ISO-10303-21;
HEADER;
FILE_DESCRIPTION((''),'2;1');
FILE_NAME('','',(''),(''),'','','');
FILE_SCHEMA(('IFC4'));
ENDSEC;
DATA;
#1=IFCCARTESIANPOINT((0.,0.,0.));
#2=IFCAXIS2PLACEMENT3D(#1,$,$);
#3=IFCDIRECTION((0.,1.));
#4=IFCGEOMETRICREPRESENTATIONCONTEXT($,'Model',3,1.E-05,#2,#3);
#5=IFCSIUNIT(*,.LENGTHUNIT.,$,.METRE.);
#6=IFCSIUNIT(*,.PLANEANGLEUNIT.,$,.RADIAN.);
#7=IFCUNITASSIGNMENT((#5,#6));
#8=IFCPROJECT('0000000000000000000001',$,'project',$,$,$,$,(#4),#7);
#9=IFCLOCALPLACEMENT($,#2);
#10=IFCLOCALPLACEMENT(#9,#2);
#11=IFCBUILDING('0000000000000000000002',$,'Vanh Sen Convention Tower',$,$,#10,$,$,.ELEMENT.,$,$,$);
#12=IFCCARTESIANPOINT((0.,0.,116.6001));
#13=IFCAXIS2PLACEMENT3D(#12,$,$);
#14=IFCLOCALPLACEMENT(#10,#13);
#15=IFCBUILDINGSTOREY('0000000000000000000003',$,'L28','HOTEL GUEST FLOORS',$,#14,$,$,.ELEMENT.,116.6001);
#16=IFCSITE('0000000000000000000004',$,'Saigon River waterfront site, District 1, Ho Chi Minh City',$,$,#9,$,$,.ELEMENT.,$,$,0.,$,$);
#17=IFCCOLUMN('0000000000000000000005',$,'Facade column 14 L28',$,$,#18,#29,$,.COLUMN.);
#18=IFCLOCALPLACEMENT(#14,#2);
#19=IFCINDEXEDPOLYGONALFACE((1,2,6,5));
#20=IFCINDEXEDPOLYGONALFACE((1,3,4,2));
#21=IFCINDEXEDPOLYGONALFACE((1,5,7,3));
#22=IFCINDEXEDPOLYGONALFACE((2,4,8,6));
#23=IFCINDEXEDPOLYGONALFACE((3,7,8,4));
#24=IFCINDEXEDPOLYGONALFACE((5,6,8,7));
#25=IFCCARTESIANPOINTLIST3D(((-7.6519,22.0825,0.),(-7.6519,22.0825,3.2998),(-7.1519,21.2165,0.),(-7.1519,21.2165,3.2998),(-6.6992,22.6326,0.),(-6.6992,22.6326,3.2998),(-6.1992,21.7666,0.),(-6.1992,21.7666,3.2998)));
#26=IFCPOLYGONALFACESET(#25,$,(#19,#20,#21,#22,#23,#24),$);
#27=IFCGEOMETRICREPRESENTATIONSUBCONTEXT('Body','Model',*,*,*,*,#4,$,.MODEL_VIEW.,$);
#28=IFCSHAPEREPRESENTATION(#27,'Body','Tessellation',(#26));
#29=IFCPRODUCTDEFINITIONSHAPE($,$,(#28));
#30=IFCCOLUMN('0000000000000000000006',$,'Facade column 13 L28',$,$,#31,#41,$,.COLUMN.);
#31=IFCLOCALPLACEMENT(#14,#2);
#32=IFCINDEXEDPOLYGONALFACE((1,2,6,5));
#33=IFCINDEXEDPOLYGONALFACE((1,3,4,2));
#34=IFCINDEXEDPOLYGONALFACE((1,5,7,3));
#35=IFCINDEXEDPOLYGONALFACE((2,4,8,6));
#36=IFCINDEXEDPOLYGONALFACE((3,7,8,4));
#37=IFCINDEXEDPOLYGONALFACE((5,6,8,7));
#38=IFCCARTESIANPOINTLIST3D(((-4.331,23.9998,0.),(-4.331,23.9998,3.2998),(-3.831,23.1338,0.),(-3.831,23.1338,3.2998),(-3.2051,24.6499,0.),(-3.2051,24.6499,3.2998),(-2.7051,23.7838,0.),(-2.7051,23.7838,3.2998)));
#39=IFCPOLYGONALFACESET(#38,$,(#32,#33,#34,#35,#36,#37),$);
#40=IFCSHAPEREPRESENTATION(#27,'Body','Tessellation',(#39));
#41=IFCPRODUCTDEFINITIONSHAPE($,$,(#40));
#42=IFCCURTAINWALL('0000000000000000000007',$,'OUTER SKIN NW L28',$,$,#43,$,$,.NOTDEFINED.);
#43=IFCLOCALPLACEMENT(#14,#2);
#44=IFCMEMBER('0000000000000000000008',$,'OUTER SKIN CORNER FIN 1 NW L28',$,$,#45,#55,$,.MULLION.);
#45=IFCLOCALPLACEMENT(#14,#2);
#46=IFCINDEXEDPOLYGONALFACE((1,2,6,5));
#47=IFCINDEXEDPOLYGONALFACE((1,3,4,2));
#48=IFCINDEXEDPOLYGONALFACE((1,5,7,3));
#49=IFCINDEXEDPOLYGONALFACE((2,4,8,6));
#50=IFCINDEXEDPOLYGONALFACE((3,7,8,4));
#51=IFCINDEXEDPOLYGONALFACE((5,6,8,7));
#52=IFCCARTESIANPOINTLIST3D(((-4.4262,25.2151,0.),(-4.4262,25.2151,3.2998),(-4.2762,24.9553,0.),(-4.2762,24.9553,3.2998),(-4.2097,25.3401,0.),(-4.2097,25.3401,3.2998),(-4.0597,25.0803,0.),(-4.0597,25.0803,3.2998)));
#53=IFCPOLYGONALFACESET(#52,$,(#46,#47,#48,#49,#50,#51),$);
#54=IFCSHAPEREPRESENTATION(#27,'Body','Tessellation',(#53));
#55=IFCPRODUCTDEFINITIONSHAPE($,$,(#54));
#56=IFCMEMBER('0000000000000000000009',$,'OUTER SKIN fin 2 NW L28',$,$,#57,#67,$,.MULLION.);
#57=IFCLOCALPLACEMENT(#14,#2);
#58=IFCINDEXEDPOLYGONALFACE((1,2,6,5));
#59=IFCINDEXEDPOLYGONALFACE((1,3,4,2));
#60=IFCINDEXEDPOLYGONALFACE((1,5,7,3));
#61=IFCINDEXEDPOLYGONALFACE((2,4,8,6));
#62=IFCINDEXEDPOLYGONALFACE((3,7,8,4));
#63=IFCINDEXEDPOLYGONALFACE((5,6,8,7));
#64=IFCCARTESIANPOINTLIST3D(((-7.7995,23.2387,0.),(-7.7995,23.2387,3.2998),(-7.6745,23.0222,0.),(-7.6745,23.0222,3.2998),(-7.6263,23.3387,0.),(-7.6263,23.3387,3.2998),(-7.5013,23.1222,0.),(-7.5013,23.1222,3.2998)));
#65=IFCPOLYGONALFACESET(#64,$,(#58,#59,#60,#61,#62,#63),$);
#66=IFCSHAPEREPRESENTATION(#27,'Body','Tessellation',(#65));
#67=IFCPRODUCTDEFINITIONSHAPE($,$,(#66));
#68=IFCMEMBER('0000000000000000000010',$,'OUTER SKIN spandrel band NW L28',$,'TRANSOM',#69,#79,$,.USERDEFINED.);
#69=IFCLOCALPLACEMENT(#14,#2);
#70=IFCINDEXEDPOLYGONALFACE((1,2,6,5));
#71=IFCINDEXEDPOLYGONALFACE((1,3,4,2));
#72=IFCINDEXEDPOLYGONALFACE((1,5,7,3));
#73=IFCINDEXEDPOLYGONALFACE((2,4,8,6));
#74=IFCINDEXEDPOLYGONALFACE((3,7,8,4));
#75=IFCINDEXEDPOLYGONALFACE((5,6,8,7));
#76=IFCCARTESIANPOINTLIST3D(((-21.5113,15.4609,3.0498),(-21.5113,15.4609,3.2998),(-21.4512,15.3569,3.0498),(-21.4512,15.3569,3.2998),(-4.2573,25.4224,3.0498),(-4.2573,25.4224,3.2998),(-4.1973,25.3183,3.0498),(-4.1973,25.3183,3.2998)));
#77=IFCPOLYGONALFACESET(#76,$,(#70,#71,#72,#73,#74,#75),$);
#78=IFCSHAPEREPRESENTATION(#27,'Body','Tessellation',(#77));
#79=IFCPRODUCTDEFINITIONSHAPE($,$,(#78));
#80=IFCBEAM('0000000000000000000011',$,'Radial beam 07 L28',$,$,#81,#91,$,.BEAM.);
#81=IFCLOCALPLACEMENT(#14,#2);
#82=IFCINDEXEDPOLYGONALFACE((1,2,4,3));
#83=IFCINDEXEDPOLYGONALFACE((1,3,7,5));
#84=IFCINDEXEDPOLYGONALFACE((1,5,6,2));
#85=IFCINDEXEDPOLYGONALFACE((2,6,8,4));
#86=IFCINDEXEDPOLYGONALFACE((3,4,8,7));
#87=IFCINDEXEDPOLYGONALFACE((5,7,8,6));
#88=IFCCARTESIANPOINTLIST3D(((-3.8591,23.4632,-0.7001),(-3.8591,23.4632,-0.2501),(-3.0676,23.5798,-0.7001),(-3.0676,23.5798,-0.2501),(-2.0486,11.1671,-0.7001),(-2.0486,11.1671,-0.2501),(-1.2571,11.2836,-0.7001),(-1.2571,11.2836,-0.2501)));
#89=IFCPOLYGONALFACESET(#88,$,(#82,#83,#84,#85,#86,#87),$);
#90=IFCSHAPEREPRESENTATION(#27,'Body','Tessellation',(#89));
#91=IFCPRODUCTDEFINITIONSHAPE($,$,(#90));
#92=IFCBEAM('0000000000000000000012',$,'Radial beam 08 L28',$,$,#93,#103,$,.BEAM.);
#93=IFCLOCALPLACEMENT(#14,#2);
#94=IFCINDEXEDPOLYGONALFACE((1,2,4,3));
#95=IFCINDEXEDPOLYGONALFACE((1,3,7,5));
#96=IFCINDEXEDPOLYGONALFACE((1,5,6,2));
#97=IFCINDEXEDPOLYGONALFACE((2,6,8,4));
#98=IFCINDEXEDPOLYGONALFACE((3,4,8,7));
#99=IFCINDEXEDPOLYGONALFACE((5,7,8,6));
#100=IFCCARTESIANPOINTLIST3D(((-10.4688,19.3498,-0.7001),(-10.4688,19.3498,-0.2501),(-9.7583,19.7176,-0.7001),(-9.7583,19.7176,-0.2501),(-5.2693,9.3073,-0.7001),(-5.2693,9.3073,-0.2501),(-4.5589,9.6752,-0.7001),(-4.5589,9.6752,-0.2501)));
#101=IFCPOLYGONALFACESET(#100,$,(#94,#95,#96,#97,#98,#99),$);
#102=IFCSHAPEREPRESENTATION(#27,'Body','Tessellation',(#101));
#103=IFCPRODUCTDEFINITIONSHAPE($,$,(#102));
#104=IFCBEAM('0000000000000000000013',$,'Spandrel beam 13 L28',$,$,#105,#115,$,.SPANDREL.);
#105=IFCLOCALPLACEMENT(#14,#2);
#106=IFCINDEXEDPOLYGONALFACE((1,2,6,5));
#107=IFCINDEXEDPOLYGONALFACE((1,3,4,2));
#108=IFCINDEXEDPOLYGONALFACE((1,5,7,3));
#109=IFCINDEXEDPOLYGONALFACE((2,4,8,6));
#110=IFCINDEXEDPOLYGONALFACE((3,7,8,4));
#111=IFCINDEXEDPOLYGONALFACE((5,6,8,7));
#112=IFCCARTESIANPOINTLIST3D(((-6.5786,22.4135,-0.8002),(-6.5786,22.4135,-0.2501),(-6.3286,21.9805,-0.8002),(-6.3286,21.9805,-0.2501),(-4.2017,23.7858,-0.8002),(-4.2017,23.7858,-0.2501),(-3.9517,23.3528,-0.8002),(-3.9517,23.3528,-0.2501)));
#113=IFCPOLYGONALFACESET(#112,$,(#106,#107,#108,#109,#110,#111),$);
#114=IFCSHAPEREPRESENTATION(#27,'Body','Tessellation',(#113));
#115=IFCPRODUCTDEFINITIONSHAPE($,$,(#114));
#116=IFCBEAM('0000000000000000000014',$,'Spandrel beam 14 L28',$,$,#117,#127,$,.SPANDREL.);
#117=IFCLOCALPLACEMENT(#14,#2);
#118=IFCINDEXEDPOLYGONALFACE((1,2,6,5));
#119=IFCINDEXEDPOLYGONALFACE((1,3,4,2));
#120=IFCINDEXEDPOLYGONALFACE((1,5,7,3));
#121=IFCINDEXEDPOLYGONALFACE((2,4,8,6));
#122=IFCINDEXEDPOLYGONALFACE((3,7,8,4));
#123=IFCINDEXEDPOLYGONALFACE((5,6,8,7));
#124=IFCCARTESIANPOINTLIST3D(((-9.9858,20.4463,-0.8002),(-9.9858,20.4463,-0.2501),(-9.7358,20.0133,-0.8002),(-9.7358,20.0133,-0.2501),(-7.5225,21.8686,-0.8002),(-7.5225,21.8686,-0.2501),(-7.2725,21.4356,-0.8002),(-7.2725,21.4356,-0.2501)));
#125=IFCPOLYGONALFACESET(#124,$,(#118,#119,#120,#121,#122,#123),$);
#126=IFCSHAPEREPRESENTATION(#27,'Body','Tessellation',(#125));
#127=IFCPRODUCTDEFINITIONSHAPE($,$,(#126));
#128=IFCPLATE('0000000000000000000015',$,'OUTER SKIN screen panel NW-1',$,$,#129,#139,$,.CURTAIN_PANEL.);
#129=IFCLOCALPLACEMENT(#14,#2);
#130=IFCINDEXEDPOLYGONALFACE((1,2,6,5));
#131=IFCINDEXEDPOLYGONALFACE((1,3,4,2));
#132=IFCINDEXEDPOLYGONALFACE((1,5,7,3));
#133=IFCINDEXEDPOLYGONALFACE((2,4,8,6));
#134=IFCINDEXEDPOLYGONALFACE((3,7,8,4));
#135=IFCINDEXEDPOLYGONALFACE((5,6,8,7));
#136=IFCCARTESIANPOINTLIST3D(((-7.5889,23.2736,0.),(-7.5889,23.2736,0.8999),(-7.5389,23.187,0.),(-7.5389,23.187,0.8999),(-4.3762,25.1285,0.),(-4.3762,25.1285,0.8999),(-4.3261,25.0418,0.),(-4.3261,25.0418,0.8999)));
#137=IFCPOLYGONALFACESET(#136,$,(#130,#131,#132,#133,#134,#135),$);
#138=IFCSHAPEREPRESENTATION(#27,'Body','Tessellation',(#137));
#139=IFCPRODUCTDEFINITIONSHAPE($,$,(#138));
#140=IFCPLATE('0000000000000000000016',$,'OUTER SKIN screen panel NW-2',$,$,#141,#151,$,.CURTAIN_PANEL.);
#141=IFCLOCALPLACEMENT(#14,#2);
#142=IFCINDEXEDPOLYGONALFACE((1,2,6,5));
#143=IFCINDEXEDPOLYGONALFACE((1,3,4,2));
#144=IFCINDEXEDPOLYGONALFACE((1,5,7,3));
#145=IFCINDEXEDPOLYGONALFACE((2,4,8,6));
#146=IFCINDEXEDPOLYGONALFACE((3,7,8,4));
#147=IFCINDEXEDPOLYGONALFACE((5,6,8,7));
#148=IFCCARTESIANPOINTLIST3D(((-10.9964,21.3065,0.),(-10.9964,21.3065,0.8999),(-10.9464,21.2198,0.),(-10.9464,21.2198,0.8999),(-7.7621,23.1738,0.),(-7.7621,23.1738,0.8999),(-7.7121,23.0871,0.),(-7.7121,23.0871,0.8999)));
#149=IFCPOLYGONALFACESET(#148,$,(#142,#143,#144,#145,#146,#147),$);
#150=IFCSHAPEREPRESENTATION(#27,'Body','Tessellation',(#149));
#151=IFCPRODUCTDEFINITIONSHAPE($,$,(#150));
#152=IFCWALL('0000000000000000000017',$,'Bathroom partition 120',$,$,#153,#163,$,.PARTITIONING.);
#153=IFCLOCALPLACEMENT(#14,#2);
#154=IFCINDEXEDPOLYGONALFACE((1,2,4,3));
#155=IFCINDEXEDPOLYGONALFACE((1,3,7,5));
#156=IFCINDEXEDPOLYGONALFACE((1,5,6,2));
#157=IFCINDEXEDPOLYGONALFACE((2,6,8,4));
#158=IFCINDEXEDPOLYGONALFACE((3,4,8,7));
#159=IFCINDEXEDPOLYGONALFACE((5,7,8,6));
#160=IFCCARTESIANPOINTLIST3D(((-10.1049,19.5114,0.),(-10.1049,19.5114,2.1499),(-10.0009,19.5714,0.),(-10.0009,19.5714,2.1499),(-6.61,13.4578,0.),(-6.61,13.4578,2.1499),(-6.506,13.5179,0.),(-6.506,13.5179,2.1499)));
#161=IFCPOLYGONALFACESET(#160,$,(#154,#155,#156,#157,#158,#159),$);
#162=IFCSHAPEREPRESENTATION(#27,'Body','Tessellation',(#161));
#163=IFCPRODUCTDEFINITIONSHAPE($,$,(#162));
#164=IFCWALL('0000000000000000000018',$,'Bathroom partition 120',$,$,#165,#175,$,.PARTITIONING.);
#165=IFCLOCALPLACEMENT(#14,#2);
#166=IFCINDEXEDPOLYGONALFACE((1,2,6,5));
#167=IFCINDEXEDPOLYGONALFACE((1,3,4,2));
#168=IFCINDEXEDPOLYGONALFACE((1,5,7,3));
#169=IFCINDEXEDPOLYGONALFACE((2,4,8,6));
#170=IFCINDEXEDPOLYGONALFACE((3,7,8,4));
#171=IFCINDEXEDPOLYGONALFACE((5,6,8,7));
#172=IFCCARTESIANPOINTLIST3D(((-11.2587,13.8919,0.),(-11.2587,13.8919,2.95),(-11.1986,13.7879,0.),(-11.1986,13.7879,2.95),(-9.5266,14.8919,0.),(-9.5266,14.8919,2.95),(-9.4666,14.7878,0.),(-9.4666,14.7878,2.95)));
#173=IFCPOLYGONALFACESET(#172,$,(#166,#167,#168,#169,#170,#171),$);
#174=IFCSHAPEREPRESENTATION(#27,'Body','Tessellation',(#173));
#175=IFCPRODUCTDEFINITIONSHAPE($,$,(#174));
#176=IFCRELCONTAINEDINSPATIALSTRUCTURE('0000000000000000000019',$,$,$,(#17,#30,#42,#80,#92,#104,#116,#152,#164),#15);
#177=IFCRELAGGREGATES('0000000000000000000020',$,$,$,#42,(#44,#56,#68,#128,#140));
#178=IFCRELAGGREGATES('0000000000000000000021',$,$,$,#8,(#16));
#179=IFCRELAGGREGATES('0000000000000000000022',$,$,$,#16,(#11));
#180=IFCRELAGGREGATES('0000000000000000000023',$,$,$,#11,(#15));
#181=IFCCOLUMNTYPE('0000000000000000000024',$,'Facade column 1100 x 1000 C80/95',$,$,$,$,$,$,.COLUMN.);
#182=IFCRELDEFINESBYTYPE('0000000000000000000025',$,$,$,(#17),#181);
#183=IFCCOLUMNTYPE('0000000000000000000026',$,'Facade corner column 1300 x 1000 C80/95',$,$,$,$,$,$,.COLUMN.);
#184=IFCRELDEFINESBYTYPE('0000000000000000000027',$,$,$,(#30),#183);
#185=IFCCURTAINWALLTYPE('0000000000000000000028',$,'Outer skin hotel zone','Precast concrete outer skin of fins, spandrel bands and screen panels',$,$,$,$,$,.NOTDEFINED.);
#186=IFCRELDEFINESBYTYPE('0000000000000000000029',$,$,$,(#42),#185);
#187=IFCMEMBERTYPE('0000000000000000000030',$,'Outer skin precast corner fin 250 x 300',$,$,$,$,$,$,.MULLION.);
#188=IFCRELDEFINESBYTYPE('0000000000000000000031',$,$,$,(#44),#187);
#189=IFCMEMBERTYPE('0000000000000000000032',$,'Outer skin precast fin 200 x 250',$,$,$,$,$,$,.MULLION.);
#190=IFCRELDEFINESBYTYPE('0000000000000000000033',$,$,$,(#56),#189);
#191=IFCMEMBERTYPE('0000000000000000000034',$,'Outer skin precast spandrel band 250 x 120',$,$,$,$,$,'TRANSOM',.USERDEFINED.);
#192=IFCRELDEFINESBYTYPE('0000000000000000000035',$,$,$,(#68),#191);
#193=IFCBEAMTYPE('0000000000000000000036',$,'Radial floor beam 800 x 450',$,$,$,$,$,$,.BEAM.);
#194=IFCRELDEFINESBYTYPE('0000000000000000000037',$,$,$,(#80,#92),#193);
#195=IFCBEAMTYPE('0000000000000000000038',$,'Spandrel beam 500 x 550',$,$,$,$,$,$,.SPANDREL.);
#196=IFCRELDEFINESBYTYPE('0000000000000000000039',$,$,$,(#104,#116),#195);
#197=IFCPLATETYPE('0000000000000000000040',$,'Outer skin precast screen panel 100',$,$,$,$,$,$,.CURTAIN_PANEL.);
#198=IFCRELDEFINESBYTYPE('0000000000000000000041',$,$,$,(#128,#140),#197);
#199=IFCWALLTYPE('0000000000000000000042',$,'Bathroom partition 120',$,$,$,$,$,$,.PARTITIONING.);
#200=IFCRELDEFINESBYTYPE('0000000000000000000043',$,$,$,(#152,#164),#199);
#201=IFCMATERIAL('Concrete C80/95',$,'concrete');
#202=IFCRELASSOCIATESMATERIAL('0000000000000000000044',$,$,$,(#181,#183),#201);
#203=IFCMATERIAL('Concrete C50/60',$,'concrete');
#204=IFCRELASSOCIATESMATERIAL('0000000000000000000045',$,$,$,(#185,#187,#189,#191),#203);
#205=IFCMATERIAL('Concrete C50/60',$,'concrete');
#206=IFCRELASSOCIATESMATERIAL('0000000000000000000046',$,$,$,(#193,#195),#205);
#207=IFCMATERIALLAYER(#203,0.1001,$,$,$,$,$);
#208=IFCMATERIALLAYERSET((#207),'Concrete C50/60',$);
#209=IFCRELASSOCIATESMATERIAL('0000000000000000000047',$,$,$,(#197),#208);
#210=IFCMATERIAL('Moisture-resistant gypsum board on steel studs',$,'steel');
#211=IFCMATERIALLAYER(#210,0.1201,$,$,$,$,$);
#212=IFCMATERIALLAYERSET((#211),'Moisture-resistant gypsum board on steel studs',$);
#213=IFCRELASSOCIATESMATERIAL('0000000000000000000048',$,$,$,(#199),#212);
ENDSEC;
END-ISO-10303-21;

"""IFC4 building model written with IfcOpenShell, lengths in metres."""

from ifc_helpers import new_model, si_unit, direction, frame, frame_2d, origin, origin_2d, place, context, subcontext, project, spatial, rectangle, extrude, material, layer, layer_set, material_profile, profile_set, type_object, element, aggregate, save


model = new_model("IFC4")

# Units and contexts
model_context = context("Model", 3, precision=1e-05, world=origin(), true_north=direction((0.0, 1.0)))
body_context = subcontext(model_context, "Body", "Model", "MODEL_VIEW")
ifc_project = project(units=[si_unit("LENGTHUNIT", "METRE"), si_unit("PLANEANGLEUNIT", "RADIAN")], contexts=[model_context])

# Site, building, storey
site_placement = place(None, origin())
site = spatial("IfcSite", under=ifc_project, at=site_placement, Name="Saigon River waterfront site, District 1, Ho Chi Minh City", CompositionType="ELEMENT", RefElevation=0.0)
building_placement = place(site_placement, origin())
building = spatial("IfcBuilding", under=site, at=building_placement, Name="Vanh Sen Convention Tower", CompositionType="ELEMENT")
storey_placement = place(building_placement, frame((0.0, 0.0, 116.6001)))
storey = spatial("IfcBuildingStorey", under=building, at=storey_placement, Name="L28", Description="HOTEL GUEST FLOORS", CompositionType="ELEMENT", Elevation=116.6001)

# Columns
ifc_material_1 = material(Name="Concrete C80/95", Category="concrete")
ifc_material_profile_1 = material_profile(ifc_material_1, rectangle(XDim=1.1001, YDim=1.0, at=origin_2d()), Name="RC 1100X1000")
ifc_profile_set_1 = profile_set([ifc_material_profile_1], Name="Concrete C80/95")
column_type_1 = type_object("IfcColumnType", Name="Facade column 1100 x 1000 C80/95", PredefinedType="COLUMN", material=ifc_profile_set_1)
column_1_placement = place(storey_placement, frame((-6.9255, 21.9246, 0.0), z_axis=(0.0, 0.0, 1.0), x_axis=(-0.866025, -0.5, 0.0)))
element("IfcColumn", 1, at=column_1_placement, inside=storey, type_object=column_type_1, Name="Facade column 14 L28", PredefinedType="COLUMN", context=body_context, shape_type="SweptSolid", body=[
    extrude(rectangle(XDim=1.1001, YDim=1.0, at=origin_2d()), origin(), (0.0, 0.0, 1.0), 3.2998),
])
ifc_material_profile_2 = material_profile(ifc_material_1, rectangle(XDim=1.3, YDim=1.0, at=origin_2d()), Name="RC 1300X1000")
ifc_profile_set_2 = profile_set([ifc_material_profile_2], Name="Concrete C80/95")
column_type_2 = type_object("IfcColumnType", Name="Facade corner column 1300 x 1000 C80/95", PredefinedType="COLUMN", material=ifc_profile_set_2)
column_2_placement = place(storey_placement, frame((-3.5181, 23.8918, 0.0), z_axis=(0.0, 0.0, 1.0), x_axis=(-0.866025, -0.5, 0.0)))
element("IfcColumn", 2, at=column_2_placement, inside=storey, type_object=column_type_2, Name="Facade column 13 L28", PredefinedType="COLUMN", context=body_context, shape_type="SweptSolid", body=[
    extrude(rectangle(XDim=1.3, YDim=1.0, at=origin_2d()), origin(), (0.0, 0.0, 1.0), 3.2998),
])

# Curtain wall, members
ifc_material_2 = material(Name="Concrete C50/60", Category="concrete")
curtain_wall_type = type_object("IfcCurtainWallType", Name="Outer skin hotel zone", Description="Precast concrete outer skin of fins, spandrel bands and screen panels", PredefinedType="NOTDEFINED", material=ifc_material_2)
curtain_wall_placement = place(storey_placement, origin())
curtain_wall = element("IfcCurtainWall", 3, at=curtain_wall_placement, inside=storey, type_object=curtain_wall_type, Name="OUTER SKIN NW L28", PredefinedType="NOTDEFINED")
ifc_material_profile_3 = material_profile(ifc_material_2, rectangle(XDim=0.25, YDim=0.3, at=origin_2d()), Name="Outer skin precast corner fin 250 x 300")
ifc_profile_set_3 = profile_set([ifc_material_profile_3], Name="Concrete C50/60")
member_type_1 = type_object("IfcMemberType", Name="Outer skin precast corner fin 250 x 300", PredefinedType="MULLION", material=ifc_profile_set_3)
member_1_placement = place(storey_placement, frame((-4.2429, 25.1477, 0.0), z_axis=(0.0, 0.0, 1.0), x_axis=(-0.866025, -0.5, 0.0)))
member_1 = element("IfcMember", 4, at=member_1_placement, type_object=member_type_1, Name="OUTER SKIN CORNER FIN 1 NW L28", PredefinedType="MULLION", context=body_context, shape_type="SweptSolid", body=[
    extrude(rectangle(XDim=0.25, YDim=0.3, at=origin_2d()), origin(), (0.0, 0.0, 1.0), 3.2998),
])
ifc_material_profile_4 = material_profile(ifc_material_2, rectangle(XDim=0.2, YDim=0.25, at=origin_2d()), Name="Outer skin precast fin 200 x 250")
ifc_profile_set_4 = profile_set([ifc_material_profile_4], Name="Concrete C50/60")
member_type_2 = type_object("IfcMemberType", Name="Outer skin precast fin 200 x 250", PredefinedType="MULLION", material=ifc_profile_set_4)
member_2_placement = place(storey_placement, frame((-7.6504, 23.1804, 0.0), z_axis=(0.0, 0.0, 1.0), x_axis=(-0.866025, -0.5, 0.0)))
member_2 = element("IfcMember", 5, at=member_2_placement, type_object=member_type_2, Name="OUTER SKIN fin 2 NW L28", PredefinedType="MULLION", context=body_context, shape_type="SweptSolid", body=[
    extrude(rectangle(XDim=0.2, YDim=0.25, at=origin_2d()), origin(), (0.0, 0.0, 1.0), 3.2998),
])
ifc_material_profile_5 = material_profile(ifc_material_2, rectangle(XDim=0.1201, YDim=0.25, at=origin_2d()), Name="Outer skin precast spandrel band 250 x 120")
ifc_profile_set_5 = profile_set([ifc_material_profile_5], Name="Concrete C50/60")
member_type_3 = type_object("IfcMemberType", Name="Outer skin precast spandrel band 250 x 120", ElementType="TRANSOM", PredefinedType="USERDEFINED", material=ifc_profile_set_5)
member_3_placement = place(storey_placement, frame((-4.2273, 25.3704, 3.1748), z_axis=(-0.866028, -0.499995, 0.0), x_axis=(0.499995, -0.866028, 0.0)))
member_3 = element("IfcMember", 6, at=member_3_placement, type_object=member_type_3, Name="OUTER SKIN spandrel band NW L28", ObjectType="TRANSOM", PredefinedType="USERDEFINED", context=body_context, shape_type="SweptSolid", body=[
    extrude(rectangle(XDim=0.1201, YDim=0.25, at=origin_2d()), origin(), (0.0, 0.0, 1.0), 19.9231),
])

# Beams
ifc_material_3 = material(Name="Concrete C50/60", Category="concrete")
ifc_material_profile_6 = material_profile(ifc_material_3, rectangle(XDim=0.8, YDim=0.45, at=origin_2d()), Name="RC 800X450")
ifc_profile_set_6 = profile_set([ifc_material_profile_6], Name="Concrete C50/60")
beam_type_1 = type_object("IfcBeamType", Name="Radial floor beam 800 x 450", PredefinedType="BEAM", material=ifc_profile_set_6)
beam_1_placement = place(storey_placement, frame((-3.4634, 23.5215, -0.4751), z_axis=(0.145674, -0.989333, 0.0), x_axis=(0.989333, 0.145674, 0.0)))
element("IfcBeam", 7, at=beam_1_placement, inside=storey, type_object=beam_type_1, Name="Radial beam 07 L28", PredefinedType="BEAM", context=body_context, shape_type="SweptSolid", body=[
    extrude(rectangle(XDim=0.8, YDim=0.45, at=origin_2d()), origin(), (0.0, 0.0, 1.0), 12.4287),
])
beam_2_placement = place(storey_placement, frame((-10.1135, 19.5337, -0.4751), z_axis=(0.459777, -0.888034, 0.0), x_axis=(0.888034, 0.459777, 0.0)))
element("IfcBeam", 8, at=beam_2_placement, inside=storey, type_object=beam_type_1, Name="Radial beam 08 L28", PredefinedType="BEAM", context=body_context, shape_type="SweptSolid", body=[
    extrude(rectangle(XDim=0.8, YDim=0.45, at=origin_2d()), origin(), (0.0, 0.0, 1.0), 11.3086),
])
ifc_material_profile_7 = material_profile(ifc_material_3, rectangle(XDim=0.5, YDim=0.55, at=origin_2d()), Name="RC 500X550")
ifc_profile_set_7 = profile_set([ifc_material_profile_7], Name="Concrete C50/60")
beam_type_2 = type_object("IfcBeamType", Name="Spandrel beam 500 x 550", PredefinedType="SPANDREL", material=ifc_profile_set_7)
beam_3_placement = place(storey_placement, frame((-4.0767, 23.5693, -0.5251), z_axis=(-0.866029, -0.499995, 0.0), x_axis=(0.499995, -0.866029, 0.0)))
element("IfcBeam", 9, at=beam_3_placement, inside=storey, type_object=beam_type_2, Name="Spandrel beam 13 L28", PredefinedType="SPANDREL", context=body_context, shape_type="SweptSolid", body=[
    extrude(rectangle(XDim=0.5, YDim=0.55, at=origin_2d()), origin(), (0.0, 0.0, 1.0), 2.7446),
])
beam_4_placement = place(storey_placement, frame((-7.3975, 21.6521, -0.5251), z_axis=(-0.866005, -0.500034, 0.0), x_axis=(0.500034, -0.866005, 0.0)))
element("IfcBeam", 10, at=beam_4_placement, inside=storey, type_object=beam_type_2, Name="Spandrel beam 14 L28", PredefinedType="SPANDREL", context=body_context, shape_type="SweptSolid", body=[
    extrude(rectangle(XDim=0.5, YDim=0.55, at=origin_2d()), origin(), (0.0, 0.0, 1.0), 2.8445),
])

# Plates
ifc_layer_1 = layer(ifc_material_2, 0.1001)
ifc_layer_set_1 = layer_set([ifc_layer_1], Name="Concrete C50/60")
plate_type = type_object("IfcPlateType", Name="Outer skin precast screen panel 100", PredefinedType="CURTAIN_PANEL", material=ifc_layer_set_1)
plate_1_placement = place(storey_placement, frame((-5.9575, 24.1577, 0.0), z_axis=(0.0, 0.0, 1.0), x_axis=(-0.866028, -0.499995, 0.0)))
plate_1 = element("IfcPlate", 11, at=plate_1_placement, type_object=plate_type, Name="OUTER SKIN screen panel NW-1", PredefinedType="CURTAIN_PANEL", context=body_context, shape_type="SweptSolid", body=[
    extrude(rectangle(XDim=3.7097, YDim=0.1001, at=origin_2d()), origin(), (0.0, 0.0, 1.0), 0.8999),
])
plate_2_placement = place(storey_placement, frame((-9.3542, 22.1968, 0.0), z_axis=(0.0, 0.0, 1.0), x_axis=(-0.866021, -0.500008, 0.0)))
plate_2 = element("IfcPlate", 12, at=plate_2_placement, type_object=plate_type, Name="OUTER SKIN screen panel NW-2", PredefinedType="CURTAIN_PANEL", context=body_context, shape_type="SweptSolid", body=[
    extrude(rectangle(XDim=3.7346, YDim=0.1001, at=origin_2d()), origin(), (0.0, 0.0, 1.0), 0.8999),
])
aggregate(curtain_wall, [member_1, member_2, member_3, plate_1, plate_2])

# Walls
ifc_material_4 = material(Name="Moisture-resistant gypsum board on steel studs", Category="steel")
ifc_layer_2 = layer(ifc_material_4, 0.1201)
ifc_layer_set_2 = layer_set([ifc_layer_2], Name="Moisture-resistant gypsum board on steel studs")
wall_type_1 = type_object("IfcWallType", Name="Bathroom partition 120", PredefinedType="PARTITIONING", material=ifc_layer_set_2)
wall_1_placement = place(storey_placement, frame((-10.053, 19.5415, 0.0), z_axis=(0.0, 0.0, 1.0), x_axis=(0.49999, -0.866031, 0.0)))
element("IfcWall", 13, at=wall_1_placement, inside=storey, type_object=wall_type_1, Name="Bathroom partition 120", PredefinedType="PARTITIONING", context=body_context, shape_type="SweptSolid", body=[
    extrude(rectangle(XDim=6.99, YDim=0.1201, at=frame_2d((3.4951, 0.0))), origin(), (0.0, 0.0, 1.0), 2.1499),
])
wall_2_placement = place(storey_placement, frame((-9.4966, 14.8398, 0.0), z_axis=(0.0, 0.0, 1.0), x_axis=(-0.866041, -0.499973, 0.0)))
element("IfcWall", 14, at=wall_2_placement, inside=storey, type_object=wall_type_1, Name="Bathroom partition 120", PredefinedType="PARTITIONING", context=body_context, shape_type="SweptSolid", body=[
    extrude(rectangle(XDim=2.0, YDim=0.1201, at=frame_2d((1.0, 0.0))), origin(), (0.0, 0.0, 1.0), 2.95),
])

save(model, "model.ifc")
